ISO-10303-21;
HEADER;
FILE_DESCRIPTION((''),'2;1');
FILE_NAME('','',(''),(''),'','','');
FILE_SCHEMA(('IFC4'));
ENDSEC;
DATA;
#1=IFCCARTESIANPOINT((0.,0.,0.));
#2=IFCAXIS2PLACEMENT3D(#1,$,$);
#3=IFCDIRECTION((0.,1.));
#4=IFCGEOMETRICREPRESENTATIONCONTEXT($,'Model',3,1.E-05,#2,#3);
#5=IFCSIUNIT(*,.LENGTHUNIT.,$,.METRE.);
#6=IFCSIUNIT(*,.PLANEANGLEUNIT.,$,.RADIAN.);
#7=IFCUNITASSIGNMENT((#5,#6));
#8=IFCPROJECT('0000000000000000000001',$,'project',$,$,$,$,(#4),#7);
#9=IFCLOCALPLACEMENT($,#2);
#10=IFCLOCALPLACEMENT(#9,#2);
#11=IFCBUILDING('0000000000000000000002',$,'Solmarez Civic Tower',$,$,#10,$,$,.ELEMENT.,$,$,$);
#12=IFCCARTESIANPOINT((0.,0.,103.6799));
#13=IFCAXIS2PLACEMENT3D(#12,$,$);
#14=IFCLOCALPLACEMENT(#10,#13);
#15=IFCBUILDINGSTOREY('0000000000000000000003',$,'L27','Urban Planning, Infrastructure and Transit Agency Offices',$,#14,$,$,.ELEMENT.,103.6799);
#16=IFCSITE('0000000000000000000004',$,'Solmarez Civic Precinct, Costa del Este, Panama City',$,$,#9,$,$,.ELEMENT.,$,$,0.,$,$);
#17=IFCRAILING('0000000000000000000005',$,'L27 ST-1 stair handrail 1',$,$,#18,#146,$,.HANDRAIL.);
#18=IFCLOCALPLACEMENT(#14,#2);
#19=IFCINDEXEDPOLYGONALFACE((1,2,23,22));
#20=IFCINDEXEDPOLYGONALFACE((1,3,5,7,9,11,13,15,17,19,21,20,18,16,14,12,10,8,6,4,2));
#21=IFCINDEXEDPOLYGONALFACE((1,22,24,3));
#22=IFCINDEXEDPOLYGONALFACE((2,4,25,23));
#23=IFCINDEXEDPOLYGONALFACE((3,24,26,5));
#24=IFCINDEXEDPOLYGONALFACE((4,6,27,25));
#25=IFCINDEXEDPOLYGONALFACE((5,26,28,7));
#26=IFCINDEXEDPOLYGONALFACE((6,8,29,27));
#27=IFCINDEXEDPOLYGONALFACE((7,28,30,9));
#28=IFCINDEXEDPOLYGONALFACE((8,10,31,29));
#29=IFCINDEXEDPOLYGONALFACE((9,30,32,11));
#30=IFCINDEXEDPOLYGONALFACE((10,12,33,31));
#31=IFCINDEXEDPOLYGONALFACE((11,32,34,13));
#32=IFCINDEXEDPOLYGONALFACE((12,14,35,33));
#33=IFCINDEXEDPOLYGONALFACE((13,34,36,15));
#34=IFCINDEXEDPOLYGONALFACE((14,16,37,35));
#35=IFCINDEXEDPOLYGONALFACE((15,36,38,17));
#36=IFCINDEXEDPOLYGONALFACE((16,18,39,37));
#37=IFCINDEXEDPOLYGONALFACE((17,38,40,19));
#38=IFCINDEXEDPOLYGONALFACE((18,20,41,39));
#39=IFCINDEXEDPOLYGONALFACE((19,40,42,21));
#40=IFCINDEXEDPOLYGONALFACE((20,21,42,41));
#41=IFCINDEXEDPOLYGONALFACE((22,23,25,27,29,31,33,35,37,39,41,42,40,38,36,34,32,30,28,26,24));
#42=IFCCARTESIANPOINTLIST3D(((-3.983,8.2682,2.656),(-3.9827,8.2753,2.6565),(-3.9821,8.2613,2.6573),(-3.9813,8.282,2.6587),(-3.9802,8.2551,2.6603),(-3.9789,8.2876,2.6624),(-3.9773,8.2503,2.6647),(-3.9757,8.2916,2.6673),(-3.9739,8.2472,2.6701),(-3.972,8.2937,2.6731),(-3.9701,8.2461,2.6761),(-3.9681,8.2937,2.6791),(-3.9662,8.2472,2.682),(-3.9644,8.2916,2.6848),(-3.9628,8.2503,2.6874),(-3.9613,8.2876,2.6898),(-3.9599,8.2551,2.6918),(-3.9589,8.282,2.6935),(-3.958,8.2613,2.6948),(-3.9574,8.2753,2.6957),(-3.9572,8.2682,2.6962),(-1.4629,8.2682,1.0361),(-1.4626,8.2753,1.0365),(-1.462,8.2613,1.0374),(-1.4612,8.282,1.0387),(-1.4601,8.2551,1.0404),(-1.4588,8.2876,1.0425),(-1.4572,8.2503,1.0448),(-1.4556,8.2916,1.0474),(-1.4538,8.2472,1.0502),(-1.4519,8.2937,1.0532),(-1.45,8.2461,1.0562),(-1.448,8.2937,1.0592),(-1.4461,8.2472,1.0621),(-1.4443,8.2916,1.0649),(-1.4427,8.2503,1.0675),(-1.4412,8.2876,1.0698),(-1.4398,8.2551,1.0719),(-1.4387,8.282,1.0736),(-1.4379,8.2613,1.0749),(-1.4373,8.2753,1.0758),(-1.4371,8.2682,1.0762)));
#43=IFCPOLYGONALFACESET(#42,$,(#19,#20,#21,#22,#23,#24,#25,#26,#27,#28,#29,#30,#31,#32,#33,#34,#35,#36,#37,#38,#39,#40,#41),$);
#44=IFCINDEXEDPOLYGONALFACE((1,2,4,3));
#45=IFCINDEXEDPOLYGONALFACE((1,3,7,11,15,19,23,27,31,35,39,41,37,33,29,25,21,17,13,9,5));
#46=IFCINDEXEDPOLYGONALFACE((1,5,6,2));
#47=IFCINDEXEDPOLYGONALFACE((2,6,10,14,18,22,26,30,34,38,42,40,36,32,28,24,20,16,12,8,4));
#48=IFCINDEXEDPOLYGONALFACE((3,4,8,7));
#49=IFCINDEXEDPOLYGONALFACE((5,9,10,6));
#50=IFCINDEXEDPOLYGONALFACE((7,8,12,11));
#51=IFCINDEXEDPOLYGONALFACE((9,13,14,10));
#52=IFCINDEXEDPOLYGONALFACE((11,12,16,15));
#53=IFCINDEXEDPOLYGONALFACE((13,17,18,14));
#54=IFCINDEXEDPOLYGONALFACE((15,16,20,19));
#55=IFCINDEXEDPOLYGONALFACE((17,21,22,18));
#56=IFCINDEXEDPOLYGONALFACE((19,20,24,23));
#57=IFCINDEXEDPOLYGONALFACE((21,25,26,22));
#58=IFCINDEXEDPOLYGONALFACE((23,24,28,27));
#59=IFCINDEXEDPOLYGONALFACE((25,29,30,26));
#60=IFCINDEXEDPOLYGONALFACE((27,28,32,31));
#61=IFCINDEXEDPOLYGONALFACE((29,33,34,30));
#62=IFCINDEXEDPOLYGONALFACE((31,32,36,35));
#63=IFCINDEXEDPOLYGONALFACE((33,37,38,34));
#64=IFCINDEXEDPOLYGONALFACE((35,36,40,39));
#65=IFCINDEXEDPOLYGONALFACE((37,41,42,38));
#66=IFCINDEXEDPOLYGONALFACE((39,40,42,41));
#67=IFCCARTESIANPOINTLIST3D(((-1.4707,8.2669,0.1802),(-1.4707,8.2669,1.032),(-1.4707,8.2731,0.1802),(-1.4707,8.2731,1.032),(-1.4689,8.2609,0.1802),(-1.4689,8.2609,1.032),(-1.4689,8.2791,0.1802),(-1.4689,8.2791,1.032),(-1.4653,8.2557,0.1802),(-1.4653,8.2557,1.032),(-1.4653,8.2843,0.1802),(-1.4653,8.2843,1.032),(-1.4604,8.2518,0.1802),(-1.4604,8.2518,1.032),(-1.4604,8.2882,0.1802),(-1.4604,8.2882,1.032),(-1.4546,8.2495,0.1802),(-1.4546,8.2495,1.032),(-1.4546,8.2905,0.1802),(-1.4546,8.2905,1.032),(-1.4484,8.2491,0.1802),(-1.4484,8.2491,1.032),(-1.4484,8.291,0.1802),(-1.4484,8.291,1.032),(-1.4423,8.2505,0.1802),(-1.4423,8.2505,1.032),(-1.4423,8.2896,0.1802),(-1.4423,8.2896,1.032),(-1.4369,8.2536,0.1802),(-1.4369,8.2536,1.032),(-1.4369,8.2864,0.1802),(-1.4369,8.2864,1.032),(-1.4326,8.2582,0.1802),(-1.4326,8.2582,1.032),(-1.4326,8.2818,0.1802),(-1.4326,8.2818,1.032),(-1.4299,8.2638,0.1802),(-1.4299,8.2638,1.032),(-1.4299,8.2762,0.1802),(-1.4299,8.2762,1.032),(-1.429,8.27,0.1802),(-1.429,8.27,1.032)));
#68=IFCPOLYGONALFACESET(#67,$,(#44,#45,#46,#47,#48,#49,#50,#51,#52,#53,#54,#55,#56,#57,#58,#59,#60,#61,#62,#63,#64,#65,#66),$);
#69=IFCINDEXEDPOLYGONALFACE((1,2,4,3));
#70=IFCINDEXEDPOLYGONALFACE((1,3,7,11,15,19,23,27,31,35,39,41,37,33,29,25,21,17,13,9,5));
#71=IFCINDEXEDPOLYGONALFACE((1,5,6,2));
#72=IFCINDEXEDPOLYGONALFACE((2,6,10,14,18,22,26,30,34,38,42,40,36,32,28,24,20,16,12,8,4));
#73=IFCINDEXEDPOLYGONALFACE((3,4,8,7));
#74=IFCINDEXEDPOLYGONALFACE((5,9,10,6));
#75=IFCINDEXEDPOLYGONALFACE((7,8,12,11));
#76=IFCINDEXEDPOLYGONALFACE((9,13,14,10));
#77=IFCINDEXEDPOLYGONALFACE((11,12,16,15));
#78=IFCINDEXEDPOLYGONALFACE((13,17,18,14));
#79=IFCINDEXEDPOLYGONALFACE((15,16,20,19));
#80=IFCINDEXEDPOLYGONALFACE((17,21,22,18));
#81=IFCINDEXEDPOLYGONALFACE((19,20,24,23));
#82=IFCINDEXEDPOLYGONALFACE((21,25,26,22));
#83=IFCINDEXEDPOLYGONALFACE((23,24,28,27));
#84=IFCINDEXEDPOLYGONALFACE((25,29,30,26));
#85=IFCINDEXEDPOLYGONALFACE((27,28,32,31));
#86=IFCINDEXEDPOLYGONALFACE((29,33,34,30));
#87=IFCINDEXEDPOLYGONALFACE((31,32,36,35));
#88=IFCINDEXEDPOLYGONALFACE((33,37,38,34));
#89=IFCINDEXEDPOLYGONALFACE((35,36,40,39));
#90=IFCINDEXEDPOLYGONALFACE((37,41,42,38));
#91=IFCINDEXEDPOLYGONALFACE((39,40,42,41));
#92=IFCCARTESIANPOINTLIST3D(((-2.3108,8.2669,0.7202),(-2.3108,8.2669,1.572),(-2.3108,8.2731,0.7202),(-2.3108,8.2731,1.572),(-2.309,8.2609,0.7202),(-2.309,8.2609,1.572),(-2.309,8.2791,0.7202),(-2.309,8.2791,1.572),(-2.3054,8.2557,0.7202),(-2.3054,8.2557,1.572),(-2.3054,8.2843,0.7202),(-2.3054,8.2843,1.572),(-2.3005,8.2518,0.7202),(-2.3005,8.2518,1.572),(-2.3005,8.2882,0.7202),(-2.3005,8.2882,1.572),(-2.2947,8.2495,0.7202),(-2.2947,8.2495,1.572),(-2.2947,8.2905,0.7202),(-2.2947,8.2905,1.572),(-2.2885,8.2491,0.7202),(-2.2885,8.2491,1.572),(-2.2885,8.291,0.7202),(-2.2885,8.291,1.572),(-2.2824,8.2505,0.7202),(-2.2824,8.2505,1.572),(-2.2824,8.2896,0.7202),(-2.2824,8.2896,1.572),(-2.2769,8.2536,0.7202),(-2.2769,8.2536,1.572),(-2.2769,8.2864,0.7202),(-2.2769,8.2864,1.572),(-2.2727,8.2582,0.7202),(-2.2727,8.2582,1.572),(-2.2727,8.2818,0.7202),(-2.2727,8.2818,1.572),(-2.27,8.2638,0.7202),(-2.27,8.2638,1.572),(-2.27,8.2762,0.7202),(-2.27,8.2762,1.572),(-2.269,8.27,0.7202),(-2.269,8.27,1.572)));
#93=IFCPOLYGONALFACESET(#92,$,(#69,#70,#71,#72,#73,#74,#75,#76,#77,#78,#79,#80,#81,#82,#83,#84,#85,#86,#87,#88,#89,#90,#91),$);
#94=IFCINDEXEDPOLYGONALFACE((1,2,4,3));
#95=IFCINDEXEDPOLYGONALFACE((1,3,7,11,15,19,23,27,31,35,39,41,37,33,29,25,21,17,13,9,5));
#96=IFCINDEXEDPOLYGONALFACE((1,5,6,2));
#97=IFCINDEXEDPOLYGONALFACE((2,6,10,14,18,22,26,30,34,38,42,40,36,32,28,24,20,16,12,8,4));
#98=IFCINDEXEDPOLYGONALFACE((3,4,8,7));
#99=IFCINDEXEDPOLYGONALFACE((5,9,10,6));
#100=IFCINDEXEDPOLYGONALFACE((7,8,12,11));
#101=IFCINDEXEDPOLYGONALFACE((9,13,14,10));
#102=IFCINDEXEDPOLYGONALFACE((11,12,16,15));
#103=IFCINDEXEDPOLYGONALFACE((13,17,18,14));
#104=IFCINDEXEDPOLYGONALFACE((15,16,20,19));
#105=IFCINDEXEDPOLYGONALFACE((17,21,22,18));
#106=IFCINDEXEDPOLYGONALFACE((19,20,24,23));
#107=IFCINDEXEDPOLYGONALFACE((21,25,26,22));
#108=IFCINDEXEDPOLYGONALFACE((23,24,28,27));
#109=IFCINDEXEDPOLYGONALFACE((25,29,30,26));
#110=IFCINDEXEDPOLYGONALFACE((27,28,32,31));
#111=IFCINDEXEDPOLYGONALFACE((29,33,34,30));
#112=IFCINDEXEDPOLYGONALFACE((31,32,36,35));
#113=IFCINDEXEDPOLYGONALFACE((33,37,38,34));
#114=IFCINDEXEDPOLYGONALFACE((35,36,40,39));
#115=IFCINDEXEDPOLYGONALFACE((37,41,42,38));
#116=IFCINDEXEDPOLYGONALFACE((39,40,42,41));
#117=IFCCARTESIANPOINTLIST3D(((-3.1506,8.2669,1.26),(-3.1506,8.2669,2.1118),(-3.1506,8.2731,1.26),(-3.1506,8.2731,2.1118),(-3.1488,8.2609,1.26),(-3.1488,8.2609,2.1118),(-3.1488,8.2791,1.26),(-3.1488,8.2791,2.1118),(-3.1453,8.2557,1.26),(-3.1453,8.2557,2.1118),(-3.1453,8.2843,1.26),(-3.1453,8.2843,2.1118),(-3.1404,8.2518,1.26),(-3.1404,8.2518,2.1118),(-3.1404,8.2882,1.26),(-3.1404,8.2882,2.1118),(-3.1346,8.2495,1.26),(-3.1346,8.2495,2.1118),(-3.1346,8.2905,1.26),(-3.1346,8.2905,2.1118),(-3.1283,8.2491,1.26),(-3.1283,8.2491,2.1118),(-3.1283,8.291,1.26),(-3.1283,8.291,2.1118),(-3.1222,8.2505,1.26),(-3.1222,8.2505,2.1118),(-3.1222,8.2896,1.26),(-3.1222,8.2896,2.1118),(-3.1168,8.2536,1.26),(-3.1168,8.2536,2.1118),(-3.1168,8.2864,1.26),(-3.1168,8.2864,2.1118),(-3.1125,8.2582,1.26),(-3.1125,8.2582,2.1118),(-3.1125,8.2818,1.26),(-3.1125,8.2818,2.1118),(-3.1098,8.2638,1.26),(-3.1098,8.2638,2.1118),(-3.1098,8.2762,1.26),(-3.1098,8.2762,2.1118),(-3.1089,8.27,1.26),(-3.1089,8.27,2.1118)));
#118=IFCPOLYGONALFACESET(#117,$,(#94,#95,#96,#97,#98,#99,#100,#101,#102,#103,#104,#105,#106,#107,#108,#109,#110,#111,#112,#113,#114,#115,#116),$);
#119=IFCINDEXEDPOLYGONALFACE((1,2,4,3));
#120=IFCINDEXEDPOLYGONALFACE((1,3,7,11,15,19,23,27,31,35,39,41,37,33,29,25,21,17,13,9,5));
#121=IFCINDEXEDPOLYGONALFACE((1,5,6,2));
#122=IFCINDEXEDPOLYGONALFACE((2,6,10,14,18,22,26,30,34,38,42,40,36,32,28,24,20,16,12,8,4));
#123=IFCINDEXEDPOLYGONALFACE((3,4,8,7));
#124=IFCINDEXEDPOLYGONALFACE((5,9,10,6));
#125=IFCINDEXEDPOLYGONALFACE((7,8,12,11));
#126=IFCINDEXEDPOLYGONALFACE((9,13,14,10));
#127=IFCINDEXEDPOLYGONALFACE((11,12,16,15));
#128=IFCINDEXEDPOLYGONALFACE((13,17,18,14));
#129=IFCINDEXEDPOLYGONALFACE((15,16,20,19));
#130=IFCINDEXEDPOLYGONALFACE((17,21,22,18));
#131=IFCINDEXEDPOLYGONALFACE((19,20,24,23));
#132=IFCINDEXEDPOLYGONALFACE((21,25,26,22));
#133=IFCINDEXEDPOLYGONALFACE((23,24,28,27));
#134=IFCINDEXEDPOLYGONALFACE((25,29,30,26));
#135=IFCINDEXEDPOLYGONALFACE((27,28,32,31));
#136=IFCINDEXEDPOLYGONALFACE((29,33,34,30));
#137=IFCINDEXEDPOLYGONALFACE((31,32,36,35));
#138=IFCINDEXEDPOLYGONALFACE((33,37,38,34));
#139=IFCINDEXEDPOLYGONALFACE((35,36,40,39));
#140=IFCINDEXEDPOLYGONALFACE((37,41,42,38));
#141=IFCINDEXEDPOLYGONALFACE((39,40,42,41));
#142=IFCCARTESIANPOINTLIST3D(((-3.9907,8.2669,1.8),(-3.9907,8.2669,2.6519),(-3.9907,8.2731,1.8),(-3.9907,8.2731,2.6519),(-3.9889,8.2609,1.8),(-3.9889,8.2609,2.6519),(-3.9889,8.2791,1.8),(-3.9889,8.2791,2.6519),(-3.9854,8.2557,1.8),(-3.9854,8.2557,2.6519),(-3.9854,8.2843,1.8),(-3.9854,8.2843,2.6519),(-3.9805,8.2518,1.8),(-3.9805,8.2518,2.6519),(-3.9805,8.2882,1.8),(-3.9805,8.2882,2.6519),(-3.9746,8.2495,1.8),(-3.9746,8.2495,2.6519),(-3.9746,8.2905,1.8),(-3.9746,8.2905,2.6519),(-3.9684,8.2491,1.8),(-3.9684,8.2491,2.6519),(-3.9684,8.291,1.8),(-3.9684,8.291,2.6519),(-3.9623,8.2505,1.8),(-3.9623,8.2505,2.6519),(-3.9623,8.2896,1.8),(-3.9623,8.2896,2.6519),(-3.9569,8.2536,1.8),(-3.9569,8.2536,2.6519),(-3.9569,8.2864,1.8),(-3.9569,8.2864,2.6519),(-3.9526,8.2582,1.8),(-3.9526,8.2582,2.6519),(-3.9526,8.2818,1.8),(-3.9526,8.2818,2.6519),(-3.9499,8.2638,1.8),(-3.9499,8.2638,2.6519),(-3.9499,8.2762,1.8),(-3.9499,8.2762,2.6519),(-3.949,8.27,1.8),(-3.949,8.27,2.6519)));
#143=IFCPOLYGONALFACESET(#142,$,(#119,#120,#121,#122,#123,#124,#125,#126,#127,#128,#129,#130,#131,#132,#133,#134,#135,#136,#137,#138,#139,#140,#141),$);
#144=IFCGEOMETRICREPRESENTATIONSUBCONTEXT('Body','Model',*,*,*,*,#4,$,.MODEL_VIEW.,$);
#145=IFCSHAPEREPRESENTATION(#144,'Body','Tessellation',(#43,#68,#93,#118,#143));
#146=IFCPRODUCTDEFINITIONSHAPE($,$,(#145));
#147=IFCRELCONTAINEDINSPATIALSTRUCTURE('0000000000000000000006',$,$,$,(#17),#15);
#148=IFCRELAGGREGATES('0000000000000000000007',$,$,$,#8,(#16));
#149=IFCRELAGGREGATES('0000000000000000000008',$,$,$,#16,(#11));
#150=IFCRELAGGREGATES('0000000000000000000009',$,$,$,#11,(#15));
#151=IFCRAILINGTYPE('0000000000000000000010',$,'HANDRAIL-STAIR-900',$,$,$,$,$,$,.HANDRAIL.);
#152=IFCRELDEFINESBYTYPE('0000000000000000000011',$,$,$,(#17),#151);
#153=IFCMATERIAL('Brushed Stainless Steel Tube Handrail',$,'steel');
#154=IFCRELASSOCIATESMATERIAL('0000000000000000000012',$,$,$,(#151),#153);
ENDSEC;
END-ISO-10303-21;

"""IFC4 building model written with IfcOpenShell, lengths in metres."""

from ifc_helpers import new_model, si_unit, direction, frame, origin, origin_2d, place, context, subcontext, project, spatial, circle, extrude, material, type_object, element, save


model = new_model("IFC4")

# Units and contexts
model_context = context("Model", 3, precision=1e-05, world=origin(), true_north=direction((0.0, 1.0)))
body_context = subcontext(model_context, "Body", "Model", "MODEL_VIEW")
ifc_project = project(units=[si_unit("LENGTHUNIT", "METRE"), si_unit("PLANEANGLEUNIT", "RADIAN")], contexts=[model_context])

# Site, building, storey
site_placement = place(None, origin())
site = spatial("IfcSite", under=ifc_project, at=site_placement, Name="Solmarez Civic Precinct, Costa del Este, Panama City", CompositionType="ELEMENT", RefElevation=0.0)
building_placement = place(site_placement, origin())
building = spatial("IfcBuilding", under=site, at=building_placement, Name="Solmarez Civic Tower", CompositionType="ELEMENT")
storey_placement = place(building_placement, frame((0.0, 0.0, 103.6799)))
storey = spatial("IfcBuildingStorey", under=building, at=storey_placement, Name="L27", Description="Urban Planning, Infrastructure and Transit Agency Offices", CompositionType="ELEMENT", Elevation=103.6799)

# Railing
ifc_material_1 = material(Name="Brushed Stainless Steel Tube Handrail", Category="steel")
railing_type = type_object("IfcRailingType", Name="HANDRAIL-STAIR-900", PredefinedType="HANDRAIL", material=ifc_material_1)
railing_placement = place(storey_placement, frame((-1.45, 8.27, 0.1802)))
element("IfcRailing", 1, at=railing_placement, inside=storey, type_object=railing_type, Name="L27 ST-1 stair handrail 1", PredefinedType="HANDRAIL", context=body_context, shape_type="SweptSolid", body=[
    extrude(circle(Radius=0.0239, at=origin_2d()), frame((0.0, 0.0, 0.876), z_axis=(-0.8412, 0.0, 0.540725), x_axis=(0.0, -1.0, 0.0)), (0.0, 0.0, 1.0), 2.9958),
    extrude(circle(Radius=0.021, at=origin_2d()), origin(), (0.0, 0.0, 1.0), 0.8518),
    extrude(circle(Radius=0.021, at=origin_2d()), frame((-0.8401, 0.0, 0.54)), (0.0, 0.0, 1.0), 0.8518),
    extrude(circle(Radius=0.021, at=origin_2d()), frame((-1.6799, 0.0, 1.0798)), (0.0, 0.0, 1.0), 0.8518),
    extrude(circle(Radius=0.021, at=origin_2d()), frame((-2.52, 0.0, 1.6199)), (0.0, 0.0, 1.0), 0.8518),
])

save(model, "model.ifc")
